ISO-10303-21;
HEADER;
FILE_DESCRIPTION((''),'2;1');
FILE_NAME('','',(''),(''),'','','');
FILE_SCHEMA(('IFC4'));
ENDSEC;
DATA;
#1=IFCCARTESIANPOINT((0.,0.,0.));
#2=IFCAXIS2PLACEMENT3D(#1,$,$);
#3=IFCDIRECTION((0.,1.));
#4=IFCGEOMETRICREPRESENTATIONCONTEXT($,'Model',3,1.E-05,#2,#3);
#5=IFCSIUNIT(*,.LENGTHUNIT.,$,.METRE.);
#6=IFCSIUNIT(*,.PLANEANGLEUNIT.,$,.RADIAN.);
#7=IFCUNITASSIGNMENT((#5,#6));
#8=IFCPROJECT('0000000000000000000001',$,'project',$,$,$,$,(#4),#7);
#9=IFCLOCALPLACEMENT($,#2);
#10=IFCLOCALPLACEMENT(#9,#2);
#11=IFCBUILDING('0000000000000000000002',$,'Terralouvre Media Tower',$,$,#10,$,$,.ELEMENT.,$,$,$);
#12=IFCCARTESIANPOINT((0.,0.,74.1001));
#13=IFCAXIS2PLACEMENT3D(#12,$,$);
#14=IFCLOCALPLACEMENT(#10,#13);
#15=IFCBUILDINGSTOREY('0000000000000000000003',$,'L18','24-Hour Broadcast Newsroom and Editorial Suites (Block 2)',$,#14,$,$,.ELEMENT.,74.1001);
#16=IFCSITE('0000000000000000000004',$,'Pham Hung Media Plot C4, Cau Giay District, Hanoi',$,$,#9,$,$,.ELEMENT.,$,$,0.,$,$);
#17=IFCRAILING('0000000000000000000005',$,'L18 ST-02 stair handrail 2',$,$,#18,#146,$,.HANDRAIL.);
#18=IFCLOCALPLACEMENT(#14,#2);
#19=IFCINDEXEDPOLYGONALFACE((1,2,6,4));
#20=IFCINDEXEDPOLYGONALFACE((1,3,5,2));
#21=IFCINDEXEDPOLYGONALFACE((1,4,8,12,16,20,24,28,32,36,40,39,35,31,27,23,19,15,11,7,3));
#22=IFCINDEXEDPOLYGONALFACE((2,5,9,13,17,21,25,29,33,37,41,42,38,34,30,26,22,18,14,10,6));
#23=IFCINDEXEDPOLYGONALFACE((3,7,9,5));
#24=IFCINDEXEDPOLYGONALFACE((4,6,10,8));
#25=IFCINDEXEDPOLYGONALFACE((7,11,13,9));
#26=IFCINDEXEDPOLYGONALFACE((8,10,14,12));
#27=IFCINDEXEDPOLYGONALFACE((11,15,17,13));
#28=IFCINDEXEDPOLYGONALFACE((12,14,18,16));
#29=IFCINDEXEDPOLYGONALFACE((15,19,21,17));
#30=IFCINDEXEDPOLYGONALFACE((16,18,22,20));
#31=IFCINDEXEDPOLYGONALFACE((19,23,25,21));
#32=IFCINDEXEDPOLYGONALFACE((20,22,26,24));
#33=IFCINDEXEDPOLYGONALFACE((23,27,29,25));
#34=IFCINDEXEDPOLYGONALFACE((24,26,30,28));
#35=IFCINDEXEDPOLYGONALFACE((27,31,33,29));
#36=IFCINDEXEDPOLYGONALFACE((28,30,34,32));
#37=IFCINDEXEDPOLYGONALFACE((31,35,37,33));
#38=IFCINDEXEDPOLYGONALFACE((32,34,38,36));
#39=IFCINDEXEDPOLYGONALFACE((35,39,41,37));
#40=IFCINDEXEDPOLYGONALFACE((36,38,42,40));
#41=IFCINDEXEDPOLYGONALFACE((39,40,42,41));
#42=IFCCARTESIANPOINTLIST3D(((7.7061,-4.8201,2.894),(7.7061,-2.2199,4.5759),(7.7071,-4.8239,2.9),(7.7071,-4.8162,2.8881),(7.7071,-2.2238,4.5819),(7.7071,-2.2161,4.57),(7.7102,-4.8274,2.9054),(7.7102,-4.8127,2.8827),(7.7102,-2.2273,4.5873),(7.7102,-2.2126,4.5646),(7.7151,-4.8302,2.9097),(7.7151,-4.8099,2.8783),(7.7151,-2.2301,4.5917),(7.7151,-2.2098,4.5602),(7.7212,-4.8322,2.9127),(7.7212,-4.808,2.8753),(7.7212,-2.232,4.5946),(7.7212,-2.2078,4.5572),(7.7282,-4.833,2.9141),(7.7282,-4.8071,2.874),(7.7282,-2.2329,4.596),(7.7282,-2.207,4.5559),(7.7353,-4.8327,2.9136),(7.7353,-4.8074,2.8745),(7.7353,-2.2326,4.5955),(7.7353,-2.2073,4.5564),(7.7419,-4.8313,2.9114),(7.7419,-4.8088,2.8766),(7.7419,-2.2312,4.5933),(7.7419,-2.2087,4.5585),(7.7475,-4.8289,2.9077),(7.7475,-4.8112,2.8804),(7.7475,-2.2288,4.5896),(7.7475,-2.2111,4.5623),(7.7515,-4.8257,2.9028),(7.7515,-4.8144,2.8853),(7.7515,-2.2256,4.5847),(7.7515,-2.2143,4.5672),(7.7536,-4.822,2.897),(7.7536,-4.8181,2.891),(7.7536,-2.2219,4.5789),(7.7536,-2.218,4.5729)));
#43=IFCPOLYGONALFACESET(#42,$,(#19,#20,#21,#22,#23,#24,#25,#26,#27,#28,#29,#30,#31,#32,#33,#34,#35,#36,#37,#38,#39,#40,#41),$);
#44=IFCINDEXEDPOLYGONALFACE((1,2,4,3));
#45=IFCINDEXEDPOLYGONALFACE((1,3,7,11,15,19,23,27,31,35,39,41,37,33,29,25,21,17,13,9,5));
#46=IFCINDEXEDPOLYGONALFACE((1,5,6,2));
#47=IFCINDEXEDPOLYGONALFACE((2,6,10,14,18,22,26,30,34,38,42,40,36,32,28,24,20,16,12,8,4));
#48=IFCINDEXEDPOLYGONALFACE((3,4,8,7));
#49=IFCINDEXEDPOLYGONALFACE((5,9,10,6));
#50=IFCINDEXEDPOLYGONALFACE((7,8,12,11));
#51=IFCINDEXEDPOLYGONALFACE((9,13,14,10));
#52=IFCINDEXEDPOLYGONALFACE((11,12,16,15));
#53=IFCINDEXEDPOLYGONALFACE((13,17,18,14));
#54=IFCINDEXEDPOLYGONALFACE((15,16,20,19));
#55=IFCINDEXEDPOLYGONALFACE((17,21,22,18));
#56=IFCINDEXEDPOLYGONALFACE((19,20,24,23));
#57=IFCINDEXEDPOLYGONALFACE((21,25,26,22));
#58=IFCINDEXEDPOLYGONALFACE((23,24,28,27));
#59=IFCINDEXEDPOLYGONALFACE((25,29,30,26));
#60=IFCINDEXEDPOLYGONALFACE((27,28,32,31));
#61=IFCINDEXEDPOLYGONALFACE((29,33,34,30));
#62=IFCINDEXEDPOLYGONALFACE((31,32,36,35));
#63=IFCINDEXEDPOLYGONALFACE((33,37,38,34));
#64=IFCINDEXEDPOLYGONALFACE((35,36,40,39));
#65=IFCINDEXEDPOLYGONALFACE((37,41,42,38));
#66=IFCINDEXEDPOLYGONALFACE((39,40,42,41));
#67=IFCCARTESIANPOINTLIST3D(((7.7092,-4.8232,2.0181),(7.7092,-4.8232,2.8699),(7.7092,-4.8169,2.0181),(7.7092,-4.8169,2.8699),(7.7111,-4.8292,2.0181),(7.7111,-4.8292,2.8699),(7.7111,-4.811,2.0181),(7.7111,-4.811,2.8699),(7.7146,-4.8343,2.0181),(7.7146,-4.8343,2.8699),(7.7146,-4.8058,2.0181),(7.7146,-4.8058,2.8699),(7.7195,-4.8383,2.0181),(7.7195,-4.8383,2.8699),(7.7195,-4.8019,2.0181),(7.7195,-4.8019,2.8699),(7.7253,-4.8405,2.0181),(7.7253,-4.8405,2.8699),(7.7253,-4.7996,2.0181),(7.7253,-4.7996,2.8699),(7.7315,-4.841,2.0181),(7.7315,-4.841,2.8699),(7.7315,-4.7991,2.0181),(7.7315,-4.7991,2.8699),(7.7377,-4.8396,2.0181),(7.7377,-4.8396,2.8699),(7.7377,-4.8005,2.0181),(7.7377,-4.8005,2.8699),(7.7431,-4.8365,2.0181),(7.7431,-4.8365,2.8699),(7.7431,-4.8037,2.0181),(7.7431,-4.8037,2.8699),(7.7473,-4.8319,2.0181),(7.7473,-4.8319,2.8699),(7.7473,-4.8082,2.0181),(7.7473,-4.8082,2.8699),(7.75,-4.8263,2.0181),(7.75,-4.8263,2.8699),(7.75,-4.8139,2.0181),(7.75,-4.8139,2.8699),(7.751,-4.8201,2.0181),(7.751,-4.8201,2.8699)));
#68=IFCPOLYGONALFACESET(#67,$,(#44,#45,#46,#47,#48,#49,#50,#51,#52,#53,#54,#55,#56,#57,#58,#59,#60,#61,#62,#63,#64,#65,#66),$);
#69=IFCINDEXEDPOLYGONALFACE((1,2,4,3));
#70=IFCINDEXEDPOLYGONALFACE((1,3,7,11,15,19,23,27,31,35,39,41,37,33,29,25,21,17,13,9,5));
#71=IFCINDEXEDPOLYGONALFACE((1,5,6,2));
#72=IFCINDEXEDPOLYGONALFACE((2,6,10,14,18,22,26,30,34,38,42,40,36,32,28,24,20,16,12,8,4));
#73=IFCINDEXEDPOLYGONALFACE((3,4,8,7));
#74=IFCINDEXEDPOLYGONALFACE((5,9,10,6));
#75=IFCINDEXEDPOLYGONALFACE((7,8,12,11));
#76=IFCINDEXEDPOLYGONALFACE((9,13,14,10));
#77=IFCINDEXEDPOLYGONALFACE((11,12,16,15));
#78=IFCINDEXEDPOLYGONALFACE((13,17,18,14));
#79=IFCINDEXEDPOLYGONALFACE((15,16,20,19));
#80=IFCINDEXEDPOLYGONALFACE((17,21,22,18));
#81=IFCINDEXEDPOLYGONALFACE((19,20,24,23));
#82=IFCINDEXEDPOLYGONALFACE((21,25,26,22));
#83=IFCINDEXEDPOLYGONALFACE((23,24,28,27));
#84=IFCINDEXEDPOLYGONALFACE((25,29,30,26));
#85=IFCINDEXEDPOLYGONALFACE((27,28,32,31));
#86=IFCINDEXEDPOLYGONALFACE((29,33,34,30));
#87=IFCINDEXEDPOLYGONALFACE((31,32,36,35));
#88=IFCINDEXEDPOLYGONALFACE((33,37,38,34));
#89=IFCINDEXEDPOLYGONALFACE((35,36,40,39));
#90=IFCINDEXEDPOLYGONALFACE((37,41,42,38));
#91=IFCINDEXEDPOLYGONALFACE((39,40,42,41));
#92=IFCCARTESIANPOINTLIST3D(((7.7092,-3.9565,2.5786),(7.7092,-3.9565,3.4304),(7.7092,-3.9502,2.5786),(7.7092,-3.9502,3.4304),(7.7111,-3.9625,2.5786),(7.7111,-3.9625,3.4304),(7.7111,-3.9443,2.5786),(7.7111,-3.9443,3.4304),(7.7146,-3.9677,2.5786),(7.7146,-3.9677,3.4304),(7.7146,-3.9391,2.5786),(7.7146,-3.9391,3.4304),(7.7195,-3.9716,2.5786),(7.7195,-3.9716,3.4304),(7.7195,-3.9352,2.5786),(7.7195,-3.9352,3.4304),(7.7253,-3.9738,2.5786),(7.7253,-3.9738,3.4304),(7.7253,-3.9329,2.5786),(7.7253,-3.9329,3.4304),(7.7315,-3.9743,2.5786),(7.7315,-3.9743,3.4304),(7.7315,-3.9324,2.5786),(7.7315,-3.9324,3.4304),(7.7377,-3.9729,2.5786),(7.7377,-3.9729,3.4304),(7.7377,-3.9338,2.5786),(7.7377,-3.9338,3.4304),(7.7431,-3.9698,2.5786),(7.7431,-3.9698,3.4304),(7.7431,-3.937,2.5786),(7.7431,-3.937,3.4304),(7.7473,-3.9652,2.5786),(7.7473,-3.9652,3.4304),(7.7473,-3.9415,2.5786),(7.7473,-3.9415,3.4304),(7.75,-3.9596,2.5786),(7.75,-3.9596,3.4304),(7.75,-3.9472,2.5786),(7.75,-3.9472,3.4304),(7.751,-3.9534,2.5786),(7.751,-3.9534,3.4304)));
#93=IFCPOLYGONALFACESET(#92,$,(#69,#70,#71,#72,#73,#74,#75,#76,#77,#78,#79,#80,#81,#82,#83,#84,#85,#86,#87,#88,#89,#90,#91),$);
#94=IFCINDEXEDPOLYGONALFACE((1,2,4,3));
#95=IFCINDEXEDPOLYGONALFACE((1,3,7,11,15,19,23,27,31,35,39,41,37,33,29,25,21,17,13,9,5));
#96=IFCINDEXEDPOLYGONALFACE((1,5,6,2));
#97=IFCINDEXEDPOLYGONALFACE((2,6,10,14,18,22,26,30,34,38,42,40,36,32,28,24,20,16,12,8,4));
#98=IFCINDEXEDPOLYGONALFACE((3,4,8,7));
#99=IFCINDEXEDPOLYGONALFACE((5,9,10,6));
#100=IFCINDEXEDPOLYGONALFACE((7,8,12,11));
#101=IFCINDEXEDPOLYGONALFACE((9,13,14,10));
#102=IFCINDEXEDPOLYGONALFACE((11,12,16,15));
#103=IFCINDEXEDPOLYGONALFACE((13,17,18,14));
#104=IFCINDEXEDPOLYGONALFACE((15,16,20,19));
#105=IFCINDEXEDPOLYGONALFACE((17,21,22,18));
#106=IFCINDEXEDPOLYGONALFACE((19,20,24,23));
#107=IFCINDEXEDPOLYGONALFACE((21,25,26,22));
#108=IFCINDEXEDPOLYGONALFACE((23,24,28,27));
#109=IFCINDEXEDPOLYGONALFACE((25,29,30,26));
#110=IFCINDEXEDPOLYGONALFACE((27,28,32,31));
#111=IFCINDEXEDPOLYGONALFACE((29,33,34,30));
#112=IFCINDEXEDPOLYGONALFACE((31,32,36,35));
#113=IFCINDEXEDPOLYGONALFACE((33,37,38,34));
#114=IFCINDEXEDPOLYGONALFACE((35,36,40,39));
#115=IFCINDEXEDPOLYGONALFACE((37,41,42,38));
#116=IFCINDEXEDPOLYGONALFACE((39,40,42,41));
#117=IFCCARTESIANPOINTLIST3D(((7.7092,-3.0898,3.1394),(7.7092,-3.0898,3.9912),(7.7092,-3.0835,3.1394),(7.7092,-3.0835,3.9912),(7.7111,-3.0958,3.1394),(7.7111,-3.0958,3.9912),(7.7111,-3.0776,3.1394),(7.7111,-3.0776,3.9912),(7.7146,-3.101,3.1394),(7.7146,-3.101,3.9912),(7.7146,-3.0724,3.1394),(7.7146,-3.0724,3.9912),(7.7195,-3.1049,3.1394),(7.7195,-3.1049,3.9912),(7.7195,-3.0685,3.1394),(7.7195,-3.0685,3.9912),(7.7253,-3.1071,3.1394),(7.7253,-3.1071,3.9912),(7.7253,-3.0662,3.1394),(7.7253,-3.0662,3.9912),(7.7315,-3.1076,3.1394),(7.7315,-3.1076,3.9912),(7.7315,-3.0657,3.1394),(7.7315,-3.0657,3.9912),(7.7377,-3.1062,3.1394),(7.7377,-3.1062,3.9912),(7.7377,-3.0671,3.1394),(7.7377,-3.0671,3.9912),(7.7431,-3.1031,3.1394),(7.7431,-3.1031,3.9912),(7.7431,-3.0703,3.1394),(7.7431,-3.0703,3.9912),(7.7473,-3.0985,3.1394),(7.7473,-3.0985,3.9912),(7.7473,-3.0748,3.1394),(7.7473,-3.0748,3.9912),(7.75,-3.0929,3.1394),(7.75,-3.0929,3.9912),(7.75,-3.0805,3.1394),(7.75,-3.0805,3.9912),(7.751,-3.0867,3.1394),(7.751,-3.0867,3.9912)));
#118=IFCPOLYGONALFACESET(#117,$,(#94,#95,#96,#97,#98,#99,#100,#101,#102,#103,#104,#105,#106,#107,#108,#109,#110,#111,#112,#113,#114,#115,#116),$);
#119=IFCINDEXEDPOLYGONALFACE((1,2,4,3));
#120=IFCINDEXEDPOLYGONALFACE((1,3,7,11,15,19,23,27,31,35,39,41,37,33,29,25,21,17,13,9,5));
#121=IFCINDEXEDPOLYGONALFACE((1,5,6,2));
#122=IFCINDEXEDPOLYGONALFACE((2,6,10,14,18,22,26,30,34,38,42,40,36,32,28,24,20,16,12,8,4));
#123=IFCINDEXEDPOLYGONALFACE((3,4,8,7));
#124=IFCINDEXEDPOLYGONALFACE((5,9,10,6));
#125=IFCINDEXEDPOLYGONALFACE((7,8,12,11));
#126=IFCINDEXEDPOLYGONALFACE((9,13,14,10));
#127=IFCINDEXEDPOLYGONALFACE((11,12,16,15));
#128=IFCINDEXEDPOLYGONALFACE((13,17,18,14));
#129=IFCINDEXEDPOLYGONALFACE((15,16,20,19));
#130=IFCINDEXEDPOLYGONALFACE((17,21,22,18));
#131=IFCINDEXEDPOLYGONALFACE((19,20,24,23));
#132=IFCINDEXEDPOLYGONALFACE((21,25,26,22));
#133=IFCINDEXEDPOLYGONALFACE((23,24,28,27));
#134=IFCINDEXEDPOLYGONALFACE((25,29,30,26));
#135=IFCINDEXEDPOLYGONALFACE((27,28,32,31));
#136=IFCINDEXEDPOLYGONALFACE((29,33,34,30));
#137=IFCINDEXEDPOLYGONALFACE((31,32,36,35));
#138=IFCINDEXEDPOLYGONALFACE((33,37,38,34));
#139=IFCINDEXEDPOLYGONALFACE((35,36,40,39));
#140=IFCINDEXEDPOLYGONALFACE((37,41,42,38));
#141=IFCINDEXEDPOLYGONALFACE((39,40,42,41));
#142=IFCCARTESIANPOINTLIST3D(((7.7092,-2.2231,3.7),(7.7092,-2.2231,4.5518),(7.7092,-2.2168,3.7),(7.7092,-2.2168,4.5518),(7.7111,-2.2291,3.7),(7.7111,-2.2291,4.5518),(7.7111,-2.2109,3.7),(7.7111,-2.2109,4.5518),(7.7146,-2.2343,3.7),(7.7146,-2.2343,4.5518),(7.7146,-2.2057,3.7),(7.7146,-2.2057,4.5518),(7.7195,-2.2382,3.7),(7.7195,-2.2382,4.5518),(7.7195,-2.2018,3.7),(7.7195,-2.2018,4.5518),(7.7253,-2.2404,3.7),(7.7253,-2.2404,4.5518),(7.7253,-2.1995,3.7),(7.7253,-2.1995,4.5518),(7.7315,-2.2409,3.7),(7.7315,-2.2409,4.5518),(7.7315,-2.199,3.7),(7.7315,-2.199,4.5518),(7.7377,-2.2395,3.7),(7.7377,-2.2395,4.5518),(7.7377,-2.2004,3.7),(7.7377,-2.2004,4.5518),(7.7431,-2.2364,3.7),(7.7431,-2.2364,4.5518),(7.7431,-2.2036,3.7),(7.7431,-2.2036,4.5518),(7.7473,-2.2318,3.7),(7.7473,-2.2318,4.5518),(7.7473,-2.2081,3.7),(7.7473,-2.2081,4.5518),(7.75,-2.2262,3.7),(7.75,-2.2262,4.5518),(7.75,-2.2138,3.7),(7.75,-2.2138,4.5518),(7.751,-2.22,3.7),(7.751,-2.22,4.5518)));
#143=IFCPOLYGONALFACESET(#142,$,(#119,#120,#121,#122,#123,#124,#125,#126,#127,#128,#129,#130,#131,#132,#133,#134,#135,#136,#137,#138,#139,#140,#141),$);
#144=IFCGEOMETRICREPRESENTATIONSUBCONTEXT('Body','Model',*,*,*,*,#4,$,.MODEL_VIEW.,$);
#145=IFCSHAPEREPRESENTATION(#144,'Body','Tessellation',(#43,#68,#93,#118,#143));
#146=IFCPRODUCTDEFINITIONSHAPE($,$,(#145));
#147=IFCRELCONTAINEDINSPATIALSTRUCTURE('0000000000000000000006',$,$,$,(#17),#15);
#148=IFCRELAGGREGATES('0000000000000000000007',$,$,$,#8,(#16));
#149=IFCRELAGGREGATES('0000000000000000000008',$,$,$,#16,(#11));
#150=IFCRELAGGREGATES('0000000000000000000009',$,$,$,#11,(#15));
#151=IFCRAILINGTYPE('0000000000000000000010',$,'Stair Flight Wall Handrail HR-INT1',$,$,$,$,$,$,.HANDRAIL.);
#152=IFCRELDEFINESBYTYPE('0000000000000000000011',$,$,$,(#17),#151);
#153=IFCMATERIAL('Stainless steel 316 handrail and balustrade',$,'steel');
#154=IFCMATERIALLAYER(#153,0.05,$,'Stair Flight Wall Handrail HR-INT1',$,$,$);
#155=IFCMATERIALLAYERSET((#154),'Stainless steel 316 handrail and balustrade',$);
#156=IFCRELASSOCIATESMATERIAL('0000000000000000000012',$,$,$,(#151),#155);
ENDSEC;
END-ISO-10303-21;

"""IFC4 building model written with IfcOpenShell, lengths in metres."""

from ifc_helpers import new_model, si_unit, direction, frame, origin, origin_2d, place, context, subcontext, project, spatial, circle, extrude, material, layer, layer_set, type_object, element, save


model = new_model("IFC4")

# Units and contexts
model_context = context("Model", 3, precision=1e-05, world=origin(), true_north=direction((0.0, 1.0)))
body_context = subcontext(model_context, "Body", "Model", "MODEL_VIEW")
ifc_project = project(units=[si_unit("LENGTHUNIT", "METRE"), si_unit("PLANEANGLEUNIT", "RADIAN")], contexts=[model_context])

# Site, building, storey
site_placement = place(None, origin())
site = spatial("IfcSite", under=ifc_project, at=site_placement, Name="Pham Hung Media Plot C4, Cau Giay District, Hanoi", CompositionType="ELEMENT", RefElevation=0.0)
building_placement = place(site_placement, origin())
building = spatial("IfcBuilding", under=site, at=building_placement, Name="Terralouvre Media Tower", CompositionType="ELEMENT")
storey_placement = place(building_placement, frame((0.0, 0.0, 74.1001)))
storey = spatial("IfcBuildingStorey", under=building, at=storey_placement, Name="L18", Description="24-Hour Broadcast Newsroom and Editorial Suites (Block 2)", CompositionType="ELEMENT", Elevation=74.1001)

# Railing
ifc_material_1 = material(Name="Stainless steel 316 handrail and balustrade", Category="steel")
ifc_layer_1 = layer(ifc_material_1, 0.05, Name="Stair Flight Wall Handrail HR-INT1")
ifc_layer_set_1 = layer_set([ifc_layer_1], Name="Stainless steel 316 handrail and balustrade")
railing_type_1 = type_object("IfcRailingType", Name="Stair Flight Wall Handrail HR-INT1", PredefinedType="HANDRAIL", material=ifc_layer_set_1)
railing_1_placement = place(storey_placement, frame((7.73, -4.8201, 2.0181)))
element("IfcRailing", 1, at=railing_1_placement, inside=storey, type_object=railing_type_1, Name="L18 ST-02 stair handrail 2", PredefinedType="HANDRAIL", context=body_context, shape_type="SweptSolid", body=[
    extrude(circle(Radius=0.0239, at=origin_2d()), frame((0.0, 0.0, 0.876), z_axis=(0.0, 0.839648, 0.54313), x_axis=(-1.0, 0.0, 0.0)), (0.0, 0.0, 1.0), 3.0967),
    extrude(circle(Radius=0.021, at=origin_2d()), origin(), (0.0, 0.0, 1.0), 0.8518),
    extrude(circle(Radius=0.021, at=origin_2d()), frame((0.0, 0.8667, 0.5605)), (0.0, 0.0, 1.0), 0.8518),
    extrude(circle(Radius=0.021, at=origin_2d()), frame((0.0, 1.7334, 1.1213)), (0.0, 0.0, 1.0), 0.8518),
    extrude(circle(Radius=0.021, at=origin_2d()), frame((0.0, 2.6001, 1.6819)), (0.0, 0.0, 1.0), 0.8518),
])

save(model, "model.ifc")
